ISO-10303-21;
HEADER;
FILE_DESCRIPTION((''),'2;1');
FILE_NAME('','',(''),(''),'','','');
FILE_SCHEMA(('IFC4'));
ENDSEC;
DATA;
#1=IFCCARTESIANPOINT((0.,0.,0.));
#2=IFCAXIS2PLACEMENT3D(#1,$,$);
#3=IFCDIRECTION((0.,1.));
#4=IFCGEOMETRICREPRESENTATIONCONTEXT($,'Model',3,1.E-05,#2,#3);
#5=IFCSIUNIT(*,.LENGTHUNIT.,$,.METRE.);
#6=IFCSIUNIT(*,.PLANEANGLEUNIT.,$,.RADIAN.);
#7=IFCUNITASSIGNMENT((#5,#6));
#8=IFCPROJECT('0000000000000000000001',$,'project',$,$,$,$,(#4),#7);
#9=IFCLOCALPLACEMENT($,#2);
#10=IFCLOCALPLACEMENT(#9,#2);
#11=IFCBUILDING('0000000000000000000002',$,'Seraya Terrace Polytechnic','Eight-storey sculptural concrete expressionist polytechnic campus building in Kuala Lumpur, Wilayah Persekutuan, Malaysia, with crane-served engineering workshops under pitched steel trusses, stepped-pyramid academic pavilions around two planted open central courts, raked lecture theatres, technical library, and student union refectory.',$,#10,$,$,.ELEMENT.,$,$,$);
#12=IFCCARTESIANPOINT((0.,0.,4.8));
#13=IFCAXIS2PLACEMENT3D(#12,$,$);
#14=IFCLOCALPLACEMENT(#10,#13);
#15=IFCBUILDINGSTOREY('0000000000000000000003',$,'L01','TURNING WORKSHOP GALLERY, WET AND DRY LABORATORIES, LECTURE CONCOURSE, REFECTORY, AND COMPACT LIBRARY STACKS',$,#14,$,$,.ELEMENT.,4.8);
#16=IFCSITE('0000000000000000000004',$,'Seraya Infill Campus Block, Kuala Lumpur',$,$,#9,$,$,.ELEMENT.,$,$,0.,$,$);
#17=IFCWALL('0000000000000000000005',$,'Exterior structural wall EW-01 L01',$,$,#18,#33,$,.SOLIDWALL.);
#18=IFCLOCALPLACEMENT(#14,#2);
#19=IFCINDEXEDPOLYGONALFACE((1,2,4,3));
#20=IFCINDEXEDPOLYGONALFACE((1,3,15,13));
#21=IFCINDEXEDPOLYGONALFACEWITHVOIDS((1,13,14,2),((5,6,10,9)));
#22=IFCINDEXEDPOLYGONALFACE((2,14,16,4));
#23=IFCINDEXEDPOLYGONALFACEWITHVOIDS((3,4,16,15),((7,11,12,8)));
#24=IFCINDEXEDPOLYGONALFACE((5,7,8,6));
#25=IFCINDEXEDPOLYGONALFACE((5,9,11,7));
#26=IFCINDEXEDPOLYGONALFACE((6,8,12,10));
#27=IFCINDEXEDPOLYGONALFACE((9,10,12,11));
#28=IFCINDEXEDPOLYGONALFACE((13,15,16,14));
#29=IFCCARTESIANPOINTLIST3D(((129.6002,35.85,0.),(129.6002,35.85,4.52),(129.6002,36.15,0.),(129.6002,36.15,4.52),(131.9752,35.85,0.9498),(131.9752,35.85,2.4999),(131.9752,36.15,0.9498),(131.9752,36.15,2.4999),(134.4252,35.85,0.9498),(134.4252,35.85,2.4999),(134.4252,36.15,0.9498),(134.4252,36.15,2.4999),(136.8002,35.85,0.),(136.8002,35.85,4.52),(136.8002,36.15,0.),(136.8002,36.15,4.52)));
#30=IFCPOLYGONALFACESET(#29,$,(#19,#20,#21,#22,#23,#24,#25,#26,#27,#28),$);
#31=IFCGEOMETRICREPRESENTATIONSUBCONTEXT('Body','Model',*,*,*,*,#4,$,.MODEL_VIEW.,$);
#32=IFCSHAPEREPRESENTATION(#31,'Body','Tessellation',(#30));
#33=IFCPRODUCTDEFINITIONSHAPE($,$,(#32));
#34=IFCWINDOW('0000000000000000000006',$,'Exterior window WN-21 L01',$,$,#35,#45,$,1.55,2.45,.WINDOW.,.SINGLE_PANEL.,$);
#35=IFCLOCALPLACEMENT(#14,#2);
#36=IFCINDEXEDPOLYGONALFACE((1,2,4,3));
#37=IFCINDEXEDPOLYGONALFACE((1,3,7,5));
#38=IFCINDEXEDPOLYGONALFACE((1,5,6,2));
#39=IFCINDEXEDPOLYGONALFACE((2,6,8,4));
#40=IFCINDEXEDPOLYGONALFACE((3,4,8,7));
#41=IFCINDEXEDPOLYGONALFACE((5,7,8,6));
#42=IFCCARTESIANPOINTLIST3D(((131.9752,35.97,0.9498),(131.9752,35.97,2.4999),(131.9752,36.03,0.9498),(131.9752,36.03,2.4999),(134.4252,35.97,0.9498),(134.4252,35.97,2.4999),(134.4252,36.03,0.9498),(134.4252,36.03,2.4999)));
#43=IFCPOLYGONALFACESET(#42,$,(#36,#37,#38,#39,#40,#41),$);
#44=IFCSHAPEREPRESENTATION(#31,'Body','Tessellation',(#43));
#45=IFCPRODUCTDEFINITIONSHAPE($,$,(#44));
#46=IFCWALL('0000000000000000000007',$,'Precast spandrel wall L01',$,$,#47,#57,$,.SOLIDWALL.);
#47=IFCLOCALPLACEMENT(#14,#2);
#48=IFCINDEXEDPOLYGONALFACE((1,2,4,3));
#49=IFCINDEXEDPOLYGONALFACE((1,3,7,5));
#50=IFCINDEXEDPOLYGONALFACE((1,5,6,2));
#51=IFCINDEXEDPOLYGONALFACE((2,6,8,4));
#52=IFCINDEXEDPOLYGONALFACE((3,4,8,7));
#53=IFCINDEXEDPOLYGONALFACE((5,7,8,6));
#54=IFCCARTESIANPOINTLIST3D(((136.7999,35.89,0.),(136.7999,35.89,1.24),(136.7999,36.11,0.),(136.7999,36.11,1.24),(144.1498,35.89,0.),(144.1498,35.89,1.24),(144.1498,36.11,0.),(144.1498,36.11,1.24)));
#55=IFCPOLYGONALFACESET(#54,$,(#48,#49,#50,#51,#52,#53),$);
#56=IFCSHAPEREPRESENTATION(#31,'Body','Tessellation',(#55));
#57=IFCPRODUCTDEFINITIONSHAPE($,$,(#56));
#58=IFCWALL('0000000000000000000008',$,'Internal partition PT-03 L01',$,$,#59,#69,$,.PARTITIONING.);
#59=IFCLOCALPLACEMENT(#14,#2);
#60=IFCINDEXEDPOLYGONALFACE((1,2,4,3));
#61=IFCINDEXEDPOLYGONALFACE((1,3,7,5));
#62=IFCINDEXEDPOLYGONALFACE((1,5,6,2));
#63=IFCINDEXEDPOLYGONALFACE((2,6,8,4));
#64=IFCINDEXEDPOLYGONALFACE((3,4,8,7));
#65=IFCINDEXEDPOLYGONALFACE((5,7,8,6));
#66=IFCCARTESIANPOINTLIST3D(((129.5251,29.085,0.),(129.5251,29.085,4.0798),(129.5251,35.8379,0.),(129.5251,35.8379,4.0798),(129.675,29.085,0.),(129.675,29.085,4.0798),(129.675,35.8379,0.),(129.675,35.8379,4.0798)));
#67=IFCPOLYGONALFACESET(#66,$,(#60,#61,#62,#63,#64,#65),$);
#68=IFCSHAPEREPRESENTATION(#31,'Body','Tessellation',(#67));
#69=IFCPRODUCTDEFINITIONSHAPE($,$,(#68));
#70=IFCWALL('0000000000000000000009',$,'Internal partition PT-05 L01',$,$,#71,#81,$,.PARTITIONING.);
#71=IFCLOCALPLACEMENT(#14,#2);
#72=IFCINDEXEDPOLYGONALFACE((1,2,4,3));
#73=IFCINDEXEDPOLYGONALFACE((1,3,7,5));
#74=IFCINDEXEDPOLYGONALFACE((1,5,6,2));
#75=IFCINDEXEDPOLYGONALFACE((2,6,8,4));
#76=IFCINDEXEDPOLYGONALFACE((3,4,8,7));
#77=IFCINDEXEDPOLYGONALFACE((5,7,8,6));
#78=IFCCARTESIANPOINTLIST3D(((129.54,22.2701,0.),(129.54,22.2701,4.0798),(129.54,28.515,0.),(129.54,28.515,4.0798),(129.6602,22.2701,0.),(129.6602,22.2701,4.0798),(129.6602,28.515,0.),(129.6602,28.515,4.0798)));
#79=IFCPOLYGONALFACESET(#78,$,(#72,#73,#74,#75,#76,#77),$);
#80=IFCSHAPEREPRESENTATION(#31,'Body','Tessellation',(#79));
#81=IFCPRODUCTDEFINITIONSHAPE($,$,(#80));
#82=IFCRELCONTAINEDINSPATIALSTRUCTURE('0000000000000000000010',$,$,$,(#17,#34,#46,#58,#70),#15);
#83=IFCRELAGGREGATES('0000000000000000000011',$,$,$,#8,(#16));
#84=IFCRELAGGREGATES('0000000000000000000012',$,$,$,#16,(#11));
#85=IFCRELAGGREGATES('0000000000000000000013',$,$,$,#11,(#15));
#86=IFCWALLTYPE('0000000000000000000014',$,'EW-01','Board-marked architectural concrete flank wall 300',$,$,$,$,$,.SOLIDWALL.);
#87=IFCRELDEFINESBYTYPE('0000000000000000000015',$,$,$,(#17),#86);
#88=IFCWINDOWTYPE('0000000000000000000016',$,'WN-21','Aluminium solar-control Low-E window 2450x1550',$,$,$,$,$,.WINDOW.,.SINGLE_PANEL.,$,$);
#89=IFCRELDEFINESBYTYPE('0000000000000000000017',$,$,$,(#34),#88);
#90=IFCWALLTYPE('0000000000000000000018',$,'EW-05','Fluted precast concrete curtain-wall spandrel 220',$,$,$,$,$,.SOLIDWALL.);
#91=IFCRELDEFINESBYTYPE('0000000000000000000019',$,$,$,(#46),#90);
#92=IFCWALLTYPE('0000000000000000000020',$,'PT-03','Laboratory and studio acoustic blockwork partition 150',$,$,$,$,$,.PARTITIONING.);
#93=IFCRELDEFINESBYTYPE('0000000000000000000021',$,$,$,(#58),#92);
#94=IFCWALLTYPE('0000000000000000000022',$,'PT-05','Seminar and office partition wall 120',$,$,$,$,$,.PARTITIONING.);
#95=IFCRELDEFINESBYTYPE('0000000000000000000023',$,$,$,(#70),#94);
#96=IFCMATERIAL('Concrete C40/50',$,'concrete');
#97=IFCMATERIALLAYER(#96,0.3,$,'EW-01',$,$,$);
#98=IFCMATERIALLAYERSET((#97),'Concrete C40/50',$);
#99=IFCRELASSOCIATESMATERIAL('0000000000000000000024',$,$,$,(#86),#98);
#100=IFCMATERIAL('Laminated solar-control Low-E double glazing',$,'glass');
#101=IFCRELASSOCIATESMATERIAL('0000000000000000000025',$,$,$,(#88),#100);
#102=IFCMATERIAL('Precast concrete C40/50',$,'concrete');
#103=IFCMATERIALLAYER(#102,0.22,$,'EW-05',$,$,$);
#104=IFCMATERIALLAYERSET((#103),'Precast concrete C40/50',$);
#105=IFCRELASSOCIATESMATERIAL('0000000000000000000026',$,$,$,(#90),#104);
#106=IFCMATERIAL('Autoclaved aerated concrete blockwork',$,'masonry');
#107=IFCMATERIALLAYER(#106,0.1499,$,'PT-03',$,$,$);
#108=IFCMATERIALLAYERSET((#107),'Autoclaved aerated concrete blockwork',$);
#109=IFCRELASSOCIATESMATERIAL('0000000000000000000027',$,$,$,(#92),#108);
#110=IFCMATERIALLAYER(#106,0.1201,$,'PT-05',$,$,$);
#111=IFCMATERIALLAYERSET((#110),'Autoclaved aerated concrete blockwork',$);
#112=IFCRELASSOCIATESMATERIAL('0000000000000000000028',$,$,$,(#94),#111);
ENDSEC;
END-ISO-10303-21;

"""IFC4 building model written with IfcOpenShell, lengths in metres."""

from ifc_helpers import new_model, si_unit, direction, frame, frame_2d, origin, place, context, subcontext, project, spatial, rectangle, extrude, material, layer, layer_set, type_object, element, fill, save


model = new_model("IFC4")

# Units and contexts
model_context = context("Model", 3, precision=1e-05, world=origin(), true_north=direction((0.0, 1.0)))
body_context = subcontext(model_context, "Body", "Model", "MODEL_VIEW")
ifc_project = project(units=[si_unit("LENGTHUNIT", "METRE"), si_unit("PLANEANGLEUNIT", "RADIAN")], contexts=[model_context])

# Site, building, storey
site_placement = place(None, origin())
site = spatial("IfcSite", under=ifc_project, at=site_placement, Name="Seraya Infill Campus Block, Kuala Lumpur", CompositionType="ELEMENT", RefElevation=0.0)
building_placement = place(site_placement, origin())
building = spatial("IfcBuilding", under=site, at=building_placement, Name="Seraya Terrace Polytechnic", Description="Eight-storey sculptural concrete expressionist polytechnic campus building in Kuala Lumpur, Wilayah Persekutuan, Malaysia, with crane-served engineering workshops under pitched steel trusses, stepped-pyramid academic pavilions around two planted open central courts, raked lecture theatres, technical library, and student union refectory.", CompositionType="ELEMENT")
storey_placement = place(building_placement, frame((0.0, 0.0, 4.8)))
storey = spatial("IfcBuildingStorey", under=building, at=storey_placement, Name="L01", Description="TURNING WORKSHOP GALLERY, WET AND DRY LABORATORIES, LECTURE CONCOURSE, REFECTORY, AND COMPACT LIBRARY STACKS", CompositionType="ELEMENT", Elevation=4.8)

# Shared definitions
ifc_material_1 = material(Name="Concrete C40/50", Category="concrete")

# Wall, opening, window
ifc_layer_1 = layer(ifc_material_1, 0.3, Name="EW-01")
ifc_layer_set_1 = layer_set([ifc_layer_1], Name="Concrete C40/50")
wall_type_1 = type_object("IfcWallType", Name="EW-01", Description="Board-marked architectural concrete flank wall 300", PredefinedType="SOLIDWALL", material=ifc_layer_set_1)
wall_1_placement = place(storey_placement, frame((129.6001, 36.0, 0.0), z_axis=(0.0, 0.0, 1.0), x_axis=(1.0, 0.0, 0.0)))
wall_1 = element("IfcWall", 1, at=wall_1_placement, inside=storey, type_object=wall_type_1, Name="Exterior structural wall EW-01 L01", PredefinedType="SOLIDWALL", context=body_context, shape_type="SweptSolid", body=[
    extrude(rectangle(XDim=7.2, YDim=0.3, at=frame_2d((3.6001, 0.0))), origin(), (0.0, 0.0, 1.0), 4.52),
])
opening_placement = place(wall_1_placement, frame((2.375, 0.0, 0.95)))
opening = element("IfcOpeningElement", 2, at=opening_placement, cuts=wall_1, PredefinedType="OPENING", context=body_context, shape_type="SweptSolid", body=[
    extrude(rectangle(XDim=2.45, YDim=1.55, at=frame_2d((1.2251, 0.7749))), frame((0.0, 0.1621, 0.0), z_axis=(0.0, -1.0, 0.0), x_axis=(1.0, 0.0, 0.0)), (0.0, 0.0, 1.0), 0.324),
])
ifc_material_2 = material(Name="Laminated solar-control Low-E double glazing", Category="glass")
window_type = type_object("IfcWindowType", Name="WN-21", Description="Aluminium solar-control Low-E window 2450x1550", PartitioningType="SINGLE_PANEL", PredefinedType="WINDOW", material=ifc_material_2)
window_placement = place(opening_placement, origin())
window = element("IfcWindow", 3, at=window_placement, inside=storey, type_object=window_type, Name="Exterior window WN-21 L01", OverallHeight=1.55, OverallWidth=2.45, PartitioningType="SINGLE_PANEL", PredefinedType="WINDOW", context=body_context, shape_type="SweptSolid", body=[
    extrude(rectangle(XDim=2.45, YDim=1.55, at=frame_2d((1.2251, 0.7749))), frame((0.0, 0.03, 0.0), z_axis=(0.0, -1.0, 0.0), x_axis=(1.0, 0.0, 0.0)), (0.0, 0.0, 1.0), 0.0601),
])
fill(opening, window)

# Walls
ifc_material_3 = material(Name="Precast concrete C40/50", Category="concrete")
ifc_layer_2 = layer(ifc_material_3, 0.22, Name="EW-05")
ifc_layer_set_2 = layer_set([ifc_layer_2], Name="Precast concrete C40/50")
wall_type_2 = type_object("IfcWallType", Name="EW-05", Description="Fluted precast concrete curtain-wall spandrel 220", PredefinedType="SOLIDWALL", material=ifc_layer_set_2)
wall_2_placement = place(storey_placement, frame((136.8, 36.0, 0.0), z_axis=(0.0, 0.0, 1.0), x_axis=(1.0, 0.0, 0.0)))
element("IfcWall", 4, at=wall_2_placement, inside=storey, type_object=wall_type_2, Name="Precast spandrel wall L01", PredefinedType="SOLIDWALL", context=body_context, shape_type="SweptSolid", body=[
    extrude(rectangle(XDim=7.3499, YDim=0.22, at=frame_2d((3.6748, 0.0))), origin(), (0.0, 0.0, 1.0), 1.24),
])
ifc_material_4 = material(Name="Autoclaved aerated concrete blockwork", Category="masonry")
ifc_layer_3 = layer(ifc_material_4, 0.1499, Name="PT-03")
ifc_layer_set_3 = layer_set([ifc_layer_3], Name="Autoclaved aerated concrete blockwork")
wall_type_3 = type_object("IfcWallType", Name="PT-03", Description="Laboratory and studio acoustic blockwork partition 150", PredefinedType="PARTITIONING", material=ifc_layer_set_3)
wall_3_placement = place(storey_placement, frame((129.6001, 29.085, 0.0), z_axis=(0.0, 0.0, 1.0), x_axis=(0.0, 1.0, 0.0)))
element("IfcWall", 5, at=wall_3_placement, inside=storey, type_object=wall_type_3, Name="Internal partition PT-03 L01", PredefinedType="PARTITIONING", context=body_context, shape_type="SweptSolid", body=[
    extrude(rectangle(XDim=6.7529, YDim=0.1499, at=frame_2d((3.3765, 0.0))), origin(), (0.0, 0.0, 1.0), 4.0798),
])
ifc_layer_4 = layer(ifc_material_4, 0.1201, Name="PT-05")
ifc_layer_set_4 = layer_set([ifc_layer_4], Name="Autoclaved aerated concrete blockwork")
wall_type_4 = type_object("IfcWallType", Name="PT-05", Description="Seminar and office partition wall 120", PredefinedType="PARTITIONING", material=ifc_layer_set_4)
wall_4_placement = place(storey_placement, frame((129.6001, 22.27, 0.0), z_axis=(0.0, 0.0, 1.0), x_axis=(0.0, 1.0, 0.0)))
element("IfcWall", 6, at=wall_4_placement, inside=storey, type_object=wall_type_4, Name="Internal partition PT-05 L01", PredefinedType="PARTITIONING", context=body_context, shape_type="SweptSolid", body=[
    extrude(rectangle(XDim=6.2449, YDim=0.1201, at=frame_2d((3.1226, 0.0))), origin(), (0.0, 0.0, 1.0), 4.0798),
])

save(model, "model.ifc")
